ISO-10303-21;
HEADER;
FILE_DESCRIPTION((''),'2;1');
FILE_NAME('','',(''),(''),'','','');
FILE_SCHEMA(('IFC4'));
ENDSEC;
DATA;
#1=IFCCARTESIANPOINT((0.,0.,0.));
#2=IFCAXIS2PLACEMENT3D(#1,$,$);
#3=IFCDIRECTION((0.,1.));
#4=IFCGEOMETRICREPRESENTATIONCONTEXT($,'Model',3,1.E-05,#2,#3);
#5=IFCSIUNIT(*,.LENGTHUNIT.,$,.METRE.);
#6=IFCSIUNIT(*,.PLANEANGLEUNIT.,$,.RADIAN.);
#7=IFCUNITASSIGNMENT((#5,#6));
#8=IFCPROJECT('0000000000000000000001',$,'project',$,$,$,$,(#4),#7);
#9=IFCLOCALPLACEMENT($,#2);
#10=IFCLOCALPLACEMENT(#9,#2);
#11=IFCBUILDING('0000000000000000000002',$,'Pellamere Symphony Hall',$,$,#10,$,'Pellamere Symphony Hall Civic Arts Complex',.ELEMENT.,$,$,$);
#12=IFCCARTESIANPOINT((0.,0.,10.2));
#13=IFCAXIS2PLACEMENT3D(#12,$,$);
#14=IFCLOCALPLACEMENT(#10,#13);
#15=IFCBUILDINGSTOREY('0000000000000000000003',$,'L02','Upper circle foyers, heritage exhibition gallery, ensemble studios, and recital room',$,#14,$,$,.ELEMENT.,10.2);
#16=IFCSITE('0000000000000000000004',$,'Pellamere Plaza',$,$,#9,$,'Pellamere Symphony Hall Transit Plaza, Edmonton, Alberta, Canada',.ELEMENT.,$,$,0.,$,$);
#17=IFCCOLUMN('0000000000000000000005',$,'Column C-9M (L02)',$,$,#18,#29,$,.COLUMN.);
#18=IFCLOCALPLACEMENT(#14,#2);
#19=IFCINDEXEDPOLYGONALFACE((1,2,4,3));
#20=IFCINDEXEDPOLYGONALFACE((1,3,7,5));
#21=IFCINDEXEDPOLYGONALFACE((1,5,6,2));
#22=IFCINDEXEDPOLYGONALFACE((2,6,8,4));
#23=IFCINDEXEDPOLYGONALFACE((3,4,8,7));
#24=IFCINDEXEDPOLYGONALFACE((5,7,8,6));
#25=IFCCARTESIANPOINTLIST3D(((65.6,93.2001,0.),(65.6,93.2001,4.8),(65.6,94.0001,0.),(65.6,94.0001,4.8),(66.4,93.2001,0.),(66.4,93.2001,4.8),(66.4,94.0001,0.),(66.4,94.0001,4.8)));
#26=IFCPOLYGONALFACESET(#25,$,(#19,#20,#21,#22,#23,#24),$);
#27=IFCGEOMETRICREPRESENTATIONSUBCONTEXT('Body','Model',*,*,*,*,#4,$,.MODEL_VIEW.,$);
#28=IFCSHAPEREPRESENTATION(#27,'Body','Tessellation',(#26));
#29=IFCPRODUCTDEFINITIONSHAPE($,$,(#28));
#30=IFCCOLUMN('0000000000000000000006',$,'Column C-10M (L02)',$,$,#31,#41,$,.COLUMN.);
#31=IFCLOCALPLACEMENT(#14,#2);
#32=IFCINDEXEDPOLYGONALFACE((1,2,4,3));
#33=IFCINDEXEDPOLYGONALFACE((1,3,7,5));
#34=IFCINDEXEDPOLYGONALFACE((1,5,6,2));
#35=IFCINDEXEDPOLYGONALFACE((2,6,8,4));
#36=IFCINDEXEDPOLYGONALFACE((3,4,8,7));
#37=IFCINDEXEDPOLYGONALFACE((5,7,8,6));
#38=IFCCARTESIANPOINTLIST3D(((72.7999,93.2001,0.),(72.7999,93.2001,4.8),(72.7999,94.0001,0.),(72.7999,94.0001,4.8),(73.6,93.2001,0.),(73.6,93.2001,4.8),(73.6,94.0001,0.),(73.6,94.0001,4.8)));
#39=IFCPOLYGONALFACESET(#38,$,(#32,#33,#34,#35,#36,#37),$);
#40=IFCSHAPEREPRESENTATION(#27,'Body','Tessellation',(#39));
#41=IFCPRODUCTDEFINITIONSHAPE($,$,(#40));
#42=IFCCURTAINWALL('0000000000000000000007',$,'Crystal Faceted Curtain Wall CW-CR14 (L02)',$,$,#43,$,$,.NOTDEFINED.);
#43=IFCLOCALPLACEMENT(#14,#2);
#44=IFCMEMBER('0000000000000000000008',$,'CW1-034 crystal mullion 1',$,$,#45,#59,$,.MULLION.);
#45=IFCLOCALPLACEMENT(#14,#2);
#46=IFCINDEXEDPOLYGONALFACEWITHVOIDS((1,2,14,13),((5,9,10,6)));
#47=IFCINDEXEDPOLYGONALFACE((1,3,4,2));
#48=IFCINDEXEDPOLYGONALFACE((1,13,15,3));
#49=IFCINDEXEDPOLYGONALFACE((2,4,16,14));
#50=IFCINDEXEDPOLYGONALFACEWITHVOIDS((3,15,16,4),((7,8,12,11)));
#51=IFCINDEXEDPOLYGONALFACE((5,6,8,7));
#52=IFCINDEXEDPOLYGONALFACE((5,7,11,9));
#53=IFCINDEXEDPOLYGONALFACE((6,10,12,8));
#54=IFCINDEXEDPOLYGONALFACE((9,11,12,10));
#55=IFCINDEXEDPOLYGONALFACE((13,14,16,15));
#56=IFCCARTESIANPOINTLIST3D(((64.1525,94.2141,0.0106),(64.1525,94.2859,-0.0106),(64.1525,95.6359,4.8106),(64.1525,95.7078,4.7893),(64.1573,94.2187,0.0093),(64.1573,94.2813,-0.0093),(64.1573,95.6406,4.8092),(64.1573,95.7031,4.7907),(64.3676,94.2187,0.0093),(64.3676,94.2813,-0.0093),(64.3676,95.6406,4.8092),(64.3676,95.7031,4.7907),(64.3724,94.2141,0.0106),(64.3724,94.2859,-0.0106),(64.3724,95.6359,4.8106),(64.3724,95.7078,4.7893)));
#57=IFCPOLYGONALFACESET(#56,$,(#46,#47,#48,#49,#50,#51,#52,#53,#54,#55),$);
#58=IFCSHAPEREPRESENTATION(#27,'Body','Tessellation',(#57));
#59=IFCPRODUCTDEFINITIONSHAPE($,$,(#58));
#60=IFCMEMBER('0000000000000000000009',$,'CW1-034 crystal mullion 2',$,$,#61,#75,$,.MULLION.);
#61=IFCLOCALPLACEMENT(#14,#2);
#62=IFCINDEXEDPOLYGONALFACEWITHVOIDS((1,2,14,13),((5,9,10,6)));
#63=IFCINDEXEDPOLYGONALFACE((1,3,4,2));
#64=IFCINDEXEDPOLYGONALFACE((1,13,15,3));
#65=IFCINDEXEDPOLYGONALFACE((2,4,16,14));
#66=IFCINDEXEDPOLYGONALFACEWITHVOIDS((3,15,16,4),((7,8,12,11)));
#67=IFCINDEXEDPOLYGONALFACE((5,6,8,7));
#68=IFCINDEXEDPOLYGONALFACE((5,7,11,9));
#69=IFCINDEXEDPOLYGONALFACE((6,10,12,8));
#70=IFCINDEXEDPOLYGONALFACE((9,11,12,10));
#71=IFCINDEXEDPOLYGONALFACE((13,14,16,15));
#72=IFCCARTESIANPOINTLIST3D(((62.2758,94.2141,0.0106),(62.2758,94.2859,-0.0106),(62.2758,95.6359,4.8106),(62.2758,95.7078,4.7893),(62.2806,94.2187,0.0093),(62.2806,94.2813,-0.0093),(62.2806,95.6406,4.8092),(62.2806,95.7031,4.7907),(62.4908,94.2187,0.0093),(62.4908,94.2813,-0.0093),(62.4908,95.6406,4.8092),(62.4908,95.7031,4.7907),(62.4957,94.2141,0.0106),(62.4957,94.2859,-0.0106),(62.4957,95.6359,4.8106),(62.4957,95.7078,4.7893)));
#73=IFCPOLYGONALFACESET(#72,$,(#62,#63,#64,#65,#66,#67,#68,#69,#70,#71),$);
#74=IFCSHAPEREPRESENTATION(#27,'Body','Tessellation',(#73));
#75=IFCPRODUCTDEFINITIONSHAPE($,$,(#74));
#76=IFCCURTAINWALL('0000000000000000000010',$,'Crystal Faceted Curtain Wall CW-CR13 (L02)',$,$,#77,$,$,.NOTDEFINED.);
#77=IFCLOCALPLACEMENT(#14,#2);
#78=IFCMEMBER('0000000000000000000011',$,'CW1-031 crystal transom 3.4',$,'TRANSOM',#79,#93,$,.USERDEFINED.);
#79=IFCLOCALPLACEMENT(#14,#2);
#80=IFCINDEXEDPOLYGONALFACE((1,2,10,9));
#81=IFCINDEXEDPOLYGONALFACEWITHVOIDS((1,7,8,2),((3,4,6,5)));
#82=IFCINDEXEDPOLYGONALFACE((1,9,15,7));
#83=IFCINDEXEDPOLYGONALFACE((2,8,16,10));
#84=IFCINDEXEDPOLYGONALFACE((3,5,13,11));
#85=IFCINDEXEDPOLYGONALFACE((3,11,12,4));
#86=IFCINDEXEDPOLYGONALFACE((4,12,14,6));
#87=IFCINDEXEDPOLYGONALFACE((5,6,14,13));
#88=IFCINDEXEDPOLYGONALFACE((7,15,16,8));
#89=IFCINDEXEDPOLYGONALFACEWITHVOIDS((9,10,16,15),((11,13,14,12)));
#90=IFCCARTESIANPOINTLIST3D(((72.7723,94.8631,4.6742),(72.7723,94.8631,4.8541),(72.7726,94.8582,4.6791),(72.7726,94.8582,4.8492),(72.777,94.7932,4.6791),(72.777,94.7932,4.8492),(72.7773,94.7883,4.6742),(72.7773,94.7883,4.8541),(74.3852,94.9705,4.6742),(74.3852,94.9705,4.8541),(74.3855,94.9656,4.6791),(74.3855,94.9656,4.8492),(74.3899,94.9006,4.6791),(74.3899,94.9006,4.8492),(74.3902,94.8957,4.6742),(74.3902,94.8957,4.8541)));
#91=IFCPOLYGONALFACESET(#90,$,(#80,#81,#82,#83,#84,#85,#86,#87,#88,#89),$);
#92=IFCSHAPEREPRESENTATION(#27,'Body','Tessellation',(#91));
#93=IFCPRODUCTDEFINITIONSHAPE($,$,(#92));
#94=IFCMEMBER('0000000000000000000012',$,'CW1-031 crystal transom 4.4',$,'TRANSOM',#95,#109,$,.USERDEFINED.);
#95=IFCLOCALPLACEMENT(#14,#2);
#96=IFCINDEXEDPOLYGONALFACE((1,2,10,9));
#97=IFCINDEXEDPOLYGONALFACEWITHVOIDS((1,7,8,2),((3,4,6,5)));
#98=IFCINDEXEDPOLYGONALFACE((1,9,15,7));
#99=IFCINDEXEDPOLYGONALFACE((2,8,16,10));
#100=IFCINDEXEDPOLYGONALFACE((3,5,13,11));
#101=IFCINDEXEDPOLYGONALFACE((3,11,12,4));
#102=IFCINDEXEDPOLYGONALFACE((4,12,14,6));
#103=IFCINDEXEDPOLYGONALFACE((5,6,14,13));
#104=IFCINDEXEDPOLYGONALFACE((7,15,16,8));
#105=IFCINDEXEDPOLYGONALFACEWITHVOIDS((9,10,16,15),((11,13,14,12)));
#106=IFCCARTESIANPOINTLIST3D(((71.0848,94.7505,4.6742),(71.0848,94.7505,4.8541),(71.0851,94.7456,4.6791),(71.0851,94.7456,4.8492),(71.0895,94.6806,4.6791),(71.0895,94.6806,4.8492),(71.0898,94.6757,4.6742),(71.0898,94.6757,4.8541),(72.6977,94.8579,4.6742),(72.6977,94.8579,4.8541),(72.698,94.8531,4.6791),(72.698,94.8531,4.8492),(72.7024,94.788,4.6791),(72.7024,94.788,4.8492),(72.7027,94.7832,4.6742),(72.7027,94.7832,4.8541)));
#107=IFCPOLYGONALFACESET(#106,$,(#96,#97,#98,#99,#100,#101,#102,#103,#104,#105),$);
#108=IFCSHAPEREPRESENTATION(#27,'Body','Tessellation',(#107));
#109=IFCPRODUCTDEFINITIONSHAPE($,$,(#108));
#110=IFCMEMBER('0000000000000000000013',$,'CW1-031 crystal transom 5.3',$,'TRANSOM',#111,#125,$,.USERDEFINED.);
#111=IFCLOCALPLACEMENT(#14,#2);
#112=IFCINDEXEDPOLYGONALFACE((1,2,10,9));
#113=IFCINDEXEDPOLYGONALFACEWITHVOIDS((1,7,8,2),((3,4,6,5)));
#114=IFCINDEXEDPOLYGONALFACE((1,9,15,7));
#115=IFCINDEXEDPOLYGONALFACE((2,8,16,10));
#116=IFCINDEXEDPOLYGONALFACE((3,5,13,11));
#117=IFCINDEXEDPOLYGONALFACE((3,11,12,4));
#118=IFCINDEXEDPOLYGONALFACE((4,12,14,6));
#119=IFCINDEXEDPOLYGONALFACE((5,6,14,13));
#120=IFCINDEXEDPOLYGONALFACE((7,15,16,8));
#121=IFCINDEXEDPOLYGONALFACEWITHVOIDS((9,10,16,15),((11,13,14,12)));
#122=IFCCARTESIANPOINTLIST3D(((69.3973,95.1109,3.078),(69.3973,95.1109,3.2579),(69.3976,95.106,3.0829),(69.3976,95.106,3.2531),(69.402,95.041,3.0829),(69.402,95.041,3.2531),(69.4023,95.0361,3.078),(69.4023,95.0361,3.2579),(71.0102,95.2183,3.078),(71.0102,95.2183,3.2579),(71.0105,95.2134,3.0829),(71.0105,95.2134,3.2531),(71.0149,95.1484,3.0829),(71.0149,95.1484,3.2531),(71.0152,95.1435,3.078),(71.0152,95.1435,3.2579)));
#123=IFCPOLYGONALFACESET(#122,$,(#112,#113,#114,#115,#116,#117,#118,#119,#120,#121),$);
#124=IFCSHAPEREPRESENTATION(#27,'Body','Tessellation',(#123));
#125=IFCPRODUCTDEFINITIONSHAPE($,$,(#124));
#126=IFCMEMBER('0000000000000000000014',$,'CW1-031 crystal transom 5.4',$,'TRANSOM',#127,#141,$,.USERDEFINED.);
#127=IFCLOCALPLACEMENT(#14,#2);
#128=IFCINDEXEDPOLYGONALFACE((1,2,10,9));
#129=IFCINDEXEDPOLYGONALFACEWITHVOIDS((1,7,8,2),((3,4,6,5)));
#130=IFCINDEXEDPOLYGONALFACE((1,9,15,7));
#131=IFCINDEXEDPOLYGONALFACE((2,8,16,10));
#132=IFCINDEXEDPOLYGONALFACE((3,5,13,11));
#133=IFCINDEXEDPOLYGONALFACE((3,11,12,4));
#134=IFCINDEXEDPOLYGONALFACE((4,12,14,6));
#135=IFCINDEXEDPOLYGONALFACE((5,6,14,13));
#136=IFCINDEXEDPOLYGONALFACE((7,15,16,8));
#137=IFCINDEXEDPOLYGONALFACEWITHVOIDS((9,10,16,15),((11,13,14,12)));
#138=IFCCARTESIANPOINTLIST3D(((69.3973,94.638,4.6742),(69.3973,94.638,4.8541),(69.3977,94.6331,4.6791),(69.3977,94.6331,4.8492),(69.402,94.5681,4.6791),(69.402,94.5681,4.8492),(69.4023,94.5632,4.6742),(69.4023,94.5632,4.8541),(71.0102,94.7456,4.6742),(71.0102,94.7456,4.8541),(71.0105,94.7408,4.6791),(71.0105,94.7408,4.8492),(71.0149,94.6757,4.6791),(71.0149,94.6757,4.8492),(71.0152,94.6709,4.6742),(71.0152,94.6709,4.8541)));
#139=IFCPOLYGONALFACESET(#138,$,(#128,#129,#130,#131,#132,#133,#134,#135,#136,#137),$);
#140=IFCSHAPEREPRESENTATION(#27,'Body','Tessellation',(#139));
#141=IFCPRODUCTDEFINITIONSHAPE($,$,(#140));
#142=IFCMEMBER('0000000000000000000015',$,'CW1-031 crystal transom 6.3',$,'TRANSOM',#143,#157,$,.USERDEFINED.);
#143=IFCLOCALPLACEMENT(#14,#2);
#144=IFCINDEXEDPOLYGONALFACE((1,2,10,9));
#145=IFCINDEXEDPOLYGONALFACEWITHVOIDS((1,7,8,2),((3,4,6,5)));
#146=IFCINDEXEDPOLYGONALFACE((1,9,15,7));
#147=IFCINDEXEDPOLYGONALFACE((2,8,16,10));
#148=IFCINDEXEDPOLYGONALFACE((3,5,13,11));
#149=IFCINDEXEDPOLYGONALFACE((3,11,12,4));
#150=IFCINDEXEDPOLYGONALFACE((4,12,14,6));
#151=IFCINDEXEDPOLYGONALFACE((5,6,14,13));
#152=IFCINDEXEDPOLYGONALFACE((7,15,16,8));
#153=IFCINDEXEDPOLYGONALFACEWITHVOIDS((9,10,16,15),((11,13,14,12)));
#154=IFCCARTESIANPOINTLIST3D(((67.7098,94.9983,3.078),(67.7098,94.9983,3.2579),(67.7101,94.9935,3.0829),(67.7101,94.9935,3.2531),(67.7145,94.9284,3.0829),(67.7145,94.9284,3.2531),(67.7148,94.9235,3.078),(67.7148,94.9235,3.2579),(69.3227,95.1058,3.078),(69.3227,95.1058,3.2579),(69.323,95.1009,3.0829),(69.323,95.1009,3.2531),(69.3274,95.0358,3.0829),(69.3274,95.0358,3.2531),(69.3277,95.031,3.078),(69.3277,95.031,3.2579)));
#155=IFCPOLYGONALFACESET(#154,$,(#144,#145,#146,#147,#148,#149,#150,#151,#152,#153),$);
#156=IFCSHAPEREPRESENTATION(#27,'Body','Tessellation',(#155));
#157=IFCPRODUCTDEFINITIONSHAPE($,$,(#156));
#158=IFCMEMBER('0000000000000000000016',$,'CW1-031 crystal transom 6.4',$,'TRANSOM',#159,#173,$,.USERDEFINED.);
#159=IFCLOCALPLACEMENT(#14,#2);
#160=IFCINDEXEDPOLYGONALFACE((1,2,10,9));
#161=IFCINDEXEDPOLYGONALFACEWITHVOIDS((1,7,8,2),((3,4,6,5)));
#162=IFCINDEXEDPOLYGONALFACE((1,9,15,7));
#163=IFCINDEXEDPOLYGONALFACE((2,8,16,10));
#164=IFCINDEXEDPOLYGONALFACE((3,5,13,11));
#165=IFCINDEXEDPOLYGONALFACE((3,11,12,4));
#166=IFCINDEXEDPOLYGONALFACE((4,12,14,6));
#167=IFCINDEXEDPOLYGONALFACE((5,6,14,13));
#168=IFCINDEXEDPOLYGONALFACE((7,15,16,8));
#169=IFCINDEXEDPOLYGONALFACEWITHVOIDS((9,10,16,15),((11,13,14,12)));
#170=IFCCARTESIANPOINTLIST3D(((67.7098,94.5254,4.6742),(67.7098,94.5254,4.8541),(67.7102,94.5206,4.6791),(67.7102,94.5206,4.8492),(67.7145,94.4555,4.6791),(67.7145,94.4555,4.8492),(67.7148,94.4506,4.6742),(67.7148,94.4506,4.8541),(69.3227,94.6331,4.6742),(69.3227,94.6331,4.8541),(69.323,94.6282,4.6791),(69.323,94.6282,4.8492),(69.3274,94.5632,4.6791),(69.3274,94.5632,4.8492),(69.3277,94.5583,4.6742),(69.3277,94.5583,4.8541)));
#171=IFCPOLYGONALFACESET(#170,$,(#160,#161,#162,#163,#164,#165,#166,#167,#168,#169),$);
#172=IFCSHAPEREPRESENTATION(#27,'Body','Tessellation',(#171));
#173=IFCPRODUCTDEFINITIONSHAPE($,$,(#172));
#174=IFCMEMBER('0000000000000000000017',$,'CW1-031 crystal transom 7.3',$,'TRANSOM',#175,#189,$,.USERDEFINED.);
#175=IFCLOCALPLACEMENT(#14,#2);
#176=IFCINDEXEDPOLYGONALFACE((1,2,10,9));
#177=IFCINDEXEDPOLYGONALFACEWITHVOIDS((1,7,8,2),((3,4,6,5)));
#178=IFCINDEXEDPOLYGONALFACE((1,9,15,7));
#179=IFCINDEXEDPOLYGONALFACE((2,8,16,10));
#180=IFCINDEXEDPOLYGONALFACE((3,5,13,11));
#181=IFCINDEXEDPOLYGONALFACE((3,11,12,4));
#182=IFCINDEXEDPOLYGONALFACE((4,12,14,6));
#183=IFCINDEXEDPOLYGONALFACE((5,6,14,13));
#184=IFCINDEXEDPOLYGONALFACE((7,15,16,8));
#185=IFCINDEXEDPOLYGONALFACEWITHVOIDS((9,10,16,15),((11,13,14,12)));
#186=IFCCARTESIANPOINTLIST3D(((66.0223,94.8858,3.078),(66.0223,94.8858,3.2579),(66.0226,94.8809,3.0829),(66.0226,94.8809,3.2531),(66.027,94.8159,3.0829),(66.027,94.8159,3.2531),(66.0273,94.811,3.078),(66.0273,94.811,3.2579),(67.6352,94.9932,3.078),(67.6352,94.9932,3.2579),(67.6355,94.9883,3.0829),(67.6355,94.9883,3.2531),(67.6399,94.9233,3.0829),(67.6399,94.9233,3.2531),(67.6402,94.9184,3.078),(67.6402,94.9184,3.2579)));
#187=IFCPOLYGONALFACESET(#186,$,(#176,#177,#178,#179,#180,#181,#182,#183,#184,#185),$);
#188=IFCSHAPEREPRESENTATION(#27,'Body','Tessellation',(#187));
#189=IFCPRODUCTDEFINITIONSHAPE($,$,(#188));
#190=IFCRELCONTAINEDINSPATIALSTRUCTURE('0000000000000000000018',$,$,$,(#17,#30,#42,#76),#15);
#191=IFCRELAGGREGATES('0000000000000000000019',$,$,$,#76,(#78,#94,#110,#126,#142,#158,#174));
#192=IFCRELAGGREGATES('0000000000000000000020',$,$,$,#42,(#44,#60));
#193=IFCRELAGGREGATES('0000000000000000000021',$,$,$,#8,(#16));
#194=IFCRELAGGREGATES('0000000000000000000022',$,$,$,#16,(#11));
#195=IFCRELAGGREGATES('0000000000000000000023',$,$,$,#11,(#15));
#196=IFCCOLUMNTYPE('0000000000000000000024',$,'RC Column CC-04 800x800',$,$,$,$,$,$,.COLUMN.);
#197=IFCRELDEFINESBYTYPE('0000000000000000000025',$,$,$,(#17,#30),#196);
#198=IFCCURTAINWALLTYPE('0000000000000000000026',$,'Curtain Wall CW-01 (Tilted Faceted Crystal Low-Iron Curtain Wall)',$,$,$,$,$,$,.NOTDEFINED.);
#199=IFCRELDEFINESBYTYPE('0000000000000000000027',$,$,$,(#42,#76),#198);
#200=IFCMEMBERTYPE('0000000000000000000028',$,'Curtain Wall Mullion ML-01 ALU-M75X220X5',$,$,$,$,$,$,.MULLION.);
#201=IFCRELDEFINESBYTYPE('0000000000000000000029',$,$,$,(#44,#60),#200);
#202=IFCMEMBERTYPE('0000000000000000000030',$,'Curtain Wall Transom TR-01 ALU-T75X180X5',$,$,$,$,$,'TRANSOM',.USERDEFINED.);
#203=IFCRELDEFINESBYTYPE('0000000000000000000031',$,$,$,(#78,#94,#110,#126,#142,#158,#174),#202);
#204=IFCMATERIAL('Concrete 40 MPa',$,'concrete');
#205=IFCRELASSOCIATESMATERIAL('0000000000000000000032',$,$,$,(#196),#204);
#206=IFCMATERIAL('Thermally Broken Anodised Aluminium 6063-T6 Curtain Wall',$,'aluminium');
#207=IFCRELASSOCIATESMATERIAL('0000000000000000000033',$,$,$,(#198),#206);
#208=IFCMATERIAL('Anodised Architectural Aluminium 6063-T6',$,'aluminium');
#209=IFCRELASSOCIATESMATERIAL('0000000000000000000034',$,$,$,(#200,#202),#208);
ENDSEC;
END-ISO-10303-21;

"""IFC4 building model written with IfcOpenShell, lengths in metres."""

from ifc_helpers import new_model, si_unit, direction, frame, origin, origin_2d, place, context, subcontext, project, spatial, rectangle, hollow_rectangle, extrude, material, material_profile, profile_set, type_object, element, aggregate, save


model = new_model("IFC4")

# Units and contexts
model_context = context("Model", 3, precision=1e-05, world=origin(), true_north=direction((0.0, 1.0)))
body_context = subcontext(model_context, "Body", "Model", "MODEL_VIEW")
ifc_project = project(units=[si_unit("LENGTHUNIT", "METRE"), si_unit("PLANEANGLEUNIT", "RADIAN")], contexts=[model_context])

# Site, building, storey
site_placement = place(None, origin())
site = spatial("IfcSite", under=ifc_project, at=site_placement, Name="Pellamere Plaza", LongName="Pellamere Symphony Hall Transit Plaza, Edmonton, Alberta, Canada", CompositionType="ELEMENT", RefElevation=0.0)
building_placement = place(site_placement, origin())
building = spatial("IfcBuilding", under=site, at=building_placement, Name="Pellamere Symphony Hall", LongName="Pellamere Symphony Hall Civic Arts Complex", CompositionType="ELEMENT")
storey_placement = place(building_placement, frame((0.0, 0.0, 10.2)))
storey = spatial("IfcBuildingStorey", under=building, at=storey_placement, Name="L02", Description="Upper circle foyers, heritage exhibition gallery, ensemble studios, and recital room", CompositionType="ELEMENT", Elevation=10.2)

# Columns
ifc_material_1 = material(Name="Concrete 40 MPa", Category="concrete")
ifc_material_profile_1 = material_profile(ifc_material_1, rectangle(XDim=0.8, YDim=0.8, at=origin_2d()), Name="RC 800x800")
ifc_profile_set_1 = profile_set([ifc_material_profile_1], Name="Concrete 40 MPa")
column_type = type_object("IfcColumnType", Name="RC Column CC-04 800x800", PredefinedType="COLUMN", material=ifc_profile_set_1)
for number, where, z_axis, x_axis, name in (
    (1, (66.0, 93.6001, 0.0), (0.0, 0.0, 1.0), (1.0, 0.0, 0.0), "Column C-9M (L02)"),
    (2, (73.2, 93.6001, 0.0), (0.0, 0.0, 1.0), (1.0, 0.0, 0.0), "Column C-10M (L02)"),
):
    element("IfcColumn", number, at=place(storey_placement, frame(where, z_axis=z_axis, x_axis=x_axis)), inside=storey, type_object=column_type, Name=name, PredefinedType="COLUMN", context=body_context, shape_type="SweptSolid", body=[
        extrude(rectangle(XDim=0.8, YDim=0.8, at=origin_2d()), origin(), (0.0, 0.0, 1.0), 4.8),
    ])

# Curtain walls, members
ifc_material_2 = material(Name="Thermally Broken Anodised Aluminium 6063-T6 Curtain Wall", Category="aluminium")
curtain_wall_type = type_object("IfcCurtainWallType", Name="Curtain Wall CW-01 (Tilted Faceted Crystal Low-Iron Curtain Wall)", PredefinedType="NOTDEFINED", material=ifc_material_2)
curtain_wall_1_placement = place(storey_placement, origin())
curtain_wall_1 = element("IfcCurtainWall", 3, at=curtain_wall_1_placement, inside=storey, type_object=curtain_wall_type, Name="Crystal Faceted Curtain Wall CW-CR14 (L02)", PredefinedType="NOTDEFINED")
ifc_material_3 = material(Name="Anodised Architectural Aluminium 6063-T6", Category="aluminium")
ifc_material_profile_2 = material_profile(ifc_material_3, hollow_rectangle(XDim=0.075, YDim=0.22, WallThickness=0.0049, at=origin_2d()), Name="ALU-M75X220X5")
ifc_profile_set_2 = profile_set([ifc_material_profile_2], Name="Anodised Architectural Aluminium 6063-T6")
member_type_1 = type_object("IfcMemberType", Name="Curtain Wall Mullion ML-01 ALU-M75X220X5", PredefinedType="MULLION", material=ifc_profile_set_2)
member_1_placement = place(storey_placement, frame((64.2625, 94.25, 0.0), z_axis=(0.0, 0.284022, 0.958818), x_axis=(0.0, 0.958818, -0.284022)))
member_1 = element("IfcMember", 4, at=member_1_placement, type_object=member_type_1, Name="CW1-034 crystal mullion 1", PredefinedType="MULLION", context=body_context, shape_type="SweptSolid", body=[
    extrude(hollow_rectangle(XDim=0.075, YDim=0.22, WallThickness=0.0049, at=origin_2d()), origin(), (0.0, 0.0, 1.0), 5.0061),
])
member_2_placement = place(storey_placement, frame((62.3857, 94.25, 0.0), z_axis=(0.0, 0.284022, 0.958818), x_axis=(0.0, 0.958818, -0.284022)))
member_2 = element("IfcMember", 5, at=member_2_placement, type_object=member_type_1, Name="CW1-034 crystal mullion 2", PredefinedType="MULLION", context=body_context, shape_type="SweptSolid", body=[
    extrude(hollow_rectangle(XDim=0.075, YDim=0.22, WallThickness=0.0049, at=origin_2d()), origin(), (0.0, 0.0, 1.0), 5.0061),
])
curtain_wall_2_placement = place(storey_placement, origin())
curtain_wall_2 = element("IfcCurtainWall", 6, at=curtain_wall_2_placement, inside=storey, type_object=curtain_wall_type, Name="Crystal Faceted Curtain Wall CW-CR13 (L02)", PredefinedType="NOTDEFINED")
ifc_material_profile_3 = material_profile(ifc_material_3, hollow_rectangle(XDim=0.075, YDim=0.1799, WallThickness=0.0049, at=origin_2d()), Name="ALU-T75X180X5")
ifc_profile_set_3 = profile_set([ifc_material_profile_3], Name="Anodised Architectural Aluminium 6063-T6")
member_type_2 = type_object("IfcMemberType", Name="Curtain Wall Transom TR-01 ALU-T75X180X5", ElementType="TRANSOM", PredefinedType="USERDEFINED", material=ifc_profile_set_3)
member_3_placement = place(storey_placement, frame((74.3877, 94.9331, 4.7642), z_axis=(-0.997789, -0.066459, 0.0), x_axis=(0.066459, -0.997789, 0.0)))
member_3 = element("IfcMember", 7, at=member_3_placement, type_object=member_type_2, Name="CW1-031 crystal transom 3.4", ObjectType="TRANSOM", PredefinedType="USERDEFINED", context=body_context, shape_type="SweptSolid", body=[
    extrude(hollow_rectangle(XDim=0.075, YDim=0.1799, WallThickness=0.0049, at=origin_2d()), origin(), (0.0, 0.0, 1.0), 1.6165),
])
member_4_placement = place(storey_placement, frame((72.7002, 94.8206, 4.7642), z_axis=(-0.997789, -0.066459, 0.0), x_axis=(0.066459, -0.997789, 0.0)))
member_4 = element("IfcMember", 8, at=member_4_placement, type_object=member_type_2, Name="CW1-031 crystal transom 4.4", ObjectType="TRANSOM", PredefinedType="USERDEFINED", context=body_context, shape_type="SweptSolid", body=[
    extrude(hollow_rectangle(XDim=0.075, YDim=0.1799, WallThickness=0.0049, at=origin_2d()), origin(), (0.0, 0.0, 1.0), 1.6165),
])
member_5_placement = place(storey_placement, frame((71.0127, 95.1809, 3.168), z_axis=(-0.997789, -0.066459, 0.0), x_axis=(0.066459, -0.997789, 0.0)))
member_5 = element("IfcMember", 9, at=member_5_placement, type_object=member_type_2, Name="CW1-031 crystal transom 5.3", ObjectType="TRANSOM", PredefinedType="USERDEFINED", context=body_context, shape_type="SweptSolid", body=[
    extrude(hollow_rectangle(XDim=0.075, YDim=0.1799, WallThickness=0.0049, at=origin_2d()), origin(), (0.0, 0.0, 1.0), 1.6165),
])
member_6_placement = place(storey_placement, frame((71.0127, 94.7083, 4.7642), z_axis=(-0.997779, -0.066609, 0.0), x_axis=(0.066609, -0.997779, 0.0)))
member_6 = element("IfcMember", 10, at=member_6_placement, type_object=member_type_2, Name="CW1-031 crystal transom 5.4", ObjectType="TRANSOM", PredefinedType="USERDEFINED", context=body_context, shape_type="SweptSolid", body=[
    extrude(hollow_rectangle(XDim=0.075, YDim=0.1799, WallThickness=0.0049, at=origin_2d()), origin(), (0.0, 0.0, 1.0), 1.6165),
])
member_7_placement = place(storey_placement, frame((69.3252, 95.0684, 3.168), z_axis=(-0.997789, -0.066459, 0.0), x_axis=(0.066459, -0.997789, 0.0)))
member_7 = element("IfcMember", 11, at=member_7_placement, type_object=member_type_2, Name="CW1-031 crystal transom 6.3", ObjectType="TRANSOM", PredefinedType="USERDEFINED", context=body_context, shape_type="SweptSolid", body=[
    extrude(hollow_rectangle(XDim=0.075, YDim=0.1799, WallThickness=0.0049, at=origin_2d()), origin(), (0.0, 0.0, 1.0), 1.6165),
])
member_8_placement = place(storey_placement, frame((69.3252, 94.5957, 4.7642), z_axis=(-0.997779, -0.066609, 0.0), x_axis=(0.066609, -0.997779, 0.0)))
member_8 = element("IfcMember", 12, at=member_8_placement, type_object=member_type_2, Name="CW1-031 crystal transom 6.4", ObjectType="TRANSOM", PredefinedType="USERDEFINED", context=body_context, shape_type="SweptSolid", body=[
    extrude(hollow_rectangle(XDim=0.075, YDim=0.1799, WallThickness=0.0049, at=origin_2d()), origin(), (0.0, 0.0, 1.0), 1.6165),
])
member_9_placement = place(storey_placement, frame((67.6377, 94.9558, 3.168), z_axis=(-0.997789, -0.066459, 0.0), x_axis=(0.066459, -0.997789, 0.0)))
member_9 = element("IfcMember", 13, at=member_9_placement, type_object=member_type_2, Name="CW1-031 crystal transom 7.3", ObjectType="TRANSOM", PredefinedType="USERDEFINED", context=body_context, shape_type="SweptSolid", body=[
    extrude(hollow_rectangle(XDim=0.075, YDim=0.1799, WallThickness=0.0049, at=origin_2d()), origin(), (0.0, 0.0, 1.0), 1.6165),
])

aggregate(curtain_wall_2, [member_3, member_4, member_5, member_6, member_7, member_8, member_9])
aggregate(curtain_wall_1, [member_1, member_2])

save(model, "model.ifc")
